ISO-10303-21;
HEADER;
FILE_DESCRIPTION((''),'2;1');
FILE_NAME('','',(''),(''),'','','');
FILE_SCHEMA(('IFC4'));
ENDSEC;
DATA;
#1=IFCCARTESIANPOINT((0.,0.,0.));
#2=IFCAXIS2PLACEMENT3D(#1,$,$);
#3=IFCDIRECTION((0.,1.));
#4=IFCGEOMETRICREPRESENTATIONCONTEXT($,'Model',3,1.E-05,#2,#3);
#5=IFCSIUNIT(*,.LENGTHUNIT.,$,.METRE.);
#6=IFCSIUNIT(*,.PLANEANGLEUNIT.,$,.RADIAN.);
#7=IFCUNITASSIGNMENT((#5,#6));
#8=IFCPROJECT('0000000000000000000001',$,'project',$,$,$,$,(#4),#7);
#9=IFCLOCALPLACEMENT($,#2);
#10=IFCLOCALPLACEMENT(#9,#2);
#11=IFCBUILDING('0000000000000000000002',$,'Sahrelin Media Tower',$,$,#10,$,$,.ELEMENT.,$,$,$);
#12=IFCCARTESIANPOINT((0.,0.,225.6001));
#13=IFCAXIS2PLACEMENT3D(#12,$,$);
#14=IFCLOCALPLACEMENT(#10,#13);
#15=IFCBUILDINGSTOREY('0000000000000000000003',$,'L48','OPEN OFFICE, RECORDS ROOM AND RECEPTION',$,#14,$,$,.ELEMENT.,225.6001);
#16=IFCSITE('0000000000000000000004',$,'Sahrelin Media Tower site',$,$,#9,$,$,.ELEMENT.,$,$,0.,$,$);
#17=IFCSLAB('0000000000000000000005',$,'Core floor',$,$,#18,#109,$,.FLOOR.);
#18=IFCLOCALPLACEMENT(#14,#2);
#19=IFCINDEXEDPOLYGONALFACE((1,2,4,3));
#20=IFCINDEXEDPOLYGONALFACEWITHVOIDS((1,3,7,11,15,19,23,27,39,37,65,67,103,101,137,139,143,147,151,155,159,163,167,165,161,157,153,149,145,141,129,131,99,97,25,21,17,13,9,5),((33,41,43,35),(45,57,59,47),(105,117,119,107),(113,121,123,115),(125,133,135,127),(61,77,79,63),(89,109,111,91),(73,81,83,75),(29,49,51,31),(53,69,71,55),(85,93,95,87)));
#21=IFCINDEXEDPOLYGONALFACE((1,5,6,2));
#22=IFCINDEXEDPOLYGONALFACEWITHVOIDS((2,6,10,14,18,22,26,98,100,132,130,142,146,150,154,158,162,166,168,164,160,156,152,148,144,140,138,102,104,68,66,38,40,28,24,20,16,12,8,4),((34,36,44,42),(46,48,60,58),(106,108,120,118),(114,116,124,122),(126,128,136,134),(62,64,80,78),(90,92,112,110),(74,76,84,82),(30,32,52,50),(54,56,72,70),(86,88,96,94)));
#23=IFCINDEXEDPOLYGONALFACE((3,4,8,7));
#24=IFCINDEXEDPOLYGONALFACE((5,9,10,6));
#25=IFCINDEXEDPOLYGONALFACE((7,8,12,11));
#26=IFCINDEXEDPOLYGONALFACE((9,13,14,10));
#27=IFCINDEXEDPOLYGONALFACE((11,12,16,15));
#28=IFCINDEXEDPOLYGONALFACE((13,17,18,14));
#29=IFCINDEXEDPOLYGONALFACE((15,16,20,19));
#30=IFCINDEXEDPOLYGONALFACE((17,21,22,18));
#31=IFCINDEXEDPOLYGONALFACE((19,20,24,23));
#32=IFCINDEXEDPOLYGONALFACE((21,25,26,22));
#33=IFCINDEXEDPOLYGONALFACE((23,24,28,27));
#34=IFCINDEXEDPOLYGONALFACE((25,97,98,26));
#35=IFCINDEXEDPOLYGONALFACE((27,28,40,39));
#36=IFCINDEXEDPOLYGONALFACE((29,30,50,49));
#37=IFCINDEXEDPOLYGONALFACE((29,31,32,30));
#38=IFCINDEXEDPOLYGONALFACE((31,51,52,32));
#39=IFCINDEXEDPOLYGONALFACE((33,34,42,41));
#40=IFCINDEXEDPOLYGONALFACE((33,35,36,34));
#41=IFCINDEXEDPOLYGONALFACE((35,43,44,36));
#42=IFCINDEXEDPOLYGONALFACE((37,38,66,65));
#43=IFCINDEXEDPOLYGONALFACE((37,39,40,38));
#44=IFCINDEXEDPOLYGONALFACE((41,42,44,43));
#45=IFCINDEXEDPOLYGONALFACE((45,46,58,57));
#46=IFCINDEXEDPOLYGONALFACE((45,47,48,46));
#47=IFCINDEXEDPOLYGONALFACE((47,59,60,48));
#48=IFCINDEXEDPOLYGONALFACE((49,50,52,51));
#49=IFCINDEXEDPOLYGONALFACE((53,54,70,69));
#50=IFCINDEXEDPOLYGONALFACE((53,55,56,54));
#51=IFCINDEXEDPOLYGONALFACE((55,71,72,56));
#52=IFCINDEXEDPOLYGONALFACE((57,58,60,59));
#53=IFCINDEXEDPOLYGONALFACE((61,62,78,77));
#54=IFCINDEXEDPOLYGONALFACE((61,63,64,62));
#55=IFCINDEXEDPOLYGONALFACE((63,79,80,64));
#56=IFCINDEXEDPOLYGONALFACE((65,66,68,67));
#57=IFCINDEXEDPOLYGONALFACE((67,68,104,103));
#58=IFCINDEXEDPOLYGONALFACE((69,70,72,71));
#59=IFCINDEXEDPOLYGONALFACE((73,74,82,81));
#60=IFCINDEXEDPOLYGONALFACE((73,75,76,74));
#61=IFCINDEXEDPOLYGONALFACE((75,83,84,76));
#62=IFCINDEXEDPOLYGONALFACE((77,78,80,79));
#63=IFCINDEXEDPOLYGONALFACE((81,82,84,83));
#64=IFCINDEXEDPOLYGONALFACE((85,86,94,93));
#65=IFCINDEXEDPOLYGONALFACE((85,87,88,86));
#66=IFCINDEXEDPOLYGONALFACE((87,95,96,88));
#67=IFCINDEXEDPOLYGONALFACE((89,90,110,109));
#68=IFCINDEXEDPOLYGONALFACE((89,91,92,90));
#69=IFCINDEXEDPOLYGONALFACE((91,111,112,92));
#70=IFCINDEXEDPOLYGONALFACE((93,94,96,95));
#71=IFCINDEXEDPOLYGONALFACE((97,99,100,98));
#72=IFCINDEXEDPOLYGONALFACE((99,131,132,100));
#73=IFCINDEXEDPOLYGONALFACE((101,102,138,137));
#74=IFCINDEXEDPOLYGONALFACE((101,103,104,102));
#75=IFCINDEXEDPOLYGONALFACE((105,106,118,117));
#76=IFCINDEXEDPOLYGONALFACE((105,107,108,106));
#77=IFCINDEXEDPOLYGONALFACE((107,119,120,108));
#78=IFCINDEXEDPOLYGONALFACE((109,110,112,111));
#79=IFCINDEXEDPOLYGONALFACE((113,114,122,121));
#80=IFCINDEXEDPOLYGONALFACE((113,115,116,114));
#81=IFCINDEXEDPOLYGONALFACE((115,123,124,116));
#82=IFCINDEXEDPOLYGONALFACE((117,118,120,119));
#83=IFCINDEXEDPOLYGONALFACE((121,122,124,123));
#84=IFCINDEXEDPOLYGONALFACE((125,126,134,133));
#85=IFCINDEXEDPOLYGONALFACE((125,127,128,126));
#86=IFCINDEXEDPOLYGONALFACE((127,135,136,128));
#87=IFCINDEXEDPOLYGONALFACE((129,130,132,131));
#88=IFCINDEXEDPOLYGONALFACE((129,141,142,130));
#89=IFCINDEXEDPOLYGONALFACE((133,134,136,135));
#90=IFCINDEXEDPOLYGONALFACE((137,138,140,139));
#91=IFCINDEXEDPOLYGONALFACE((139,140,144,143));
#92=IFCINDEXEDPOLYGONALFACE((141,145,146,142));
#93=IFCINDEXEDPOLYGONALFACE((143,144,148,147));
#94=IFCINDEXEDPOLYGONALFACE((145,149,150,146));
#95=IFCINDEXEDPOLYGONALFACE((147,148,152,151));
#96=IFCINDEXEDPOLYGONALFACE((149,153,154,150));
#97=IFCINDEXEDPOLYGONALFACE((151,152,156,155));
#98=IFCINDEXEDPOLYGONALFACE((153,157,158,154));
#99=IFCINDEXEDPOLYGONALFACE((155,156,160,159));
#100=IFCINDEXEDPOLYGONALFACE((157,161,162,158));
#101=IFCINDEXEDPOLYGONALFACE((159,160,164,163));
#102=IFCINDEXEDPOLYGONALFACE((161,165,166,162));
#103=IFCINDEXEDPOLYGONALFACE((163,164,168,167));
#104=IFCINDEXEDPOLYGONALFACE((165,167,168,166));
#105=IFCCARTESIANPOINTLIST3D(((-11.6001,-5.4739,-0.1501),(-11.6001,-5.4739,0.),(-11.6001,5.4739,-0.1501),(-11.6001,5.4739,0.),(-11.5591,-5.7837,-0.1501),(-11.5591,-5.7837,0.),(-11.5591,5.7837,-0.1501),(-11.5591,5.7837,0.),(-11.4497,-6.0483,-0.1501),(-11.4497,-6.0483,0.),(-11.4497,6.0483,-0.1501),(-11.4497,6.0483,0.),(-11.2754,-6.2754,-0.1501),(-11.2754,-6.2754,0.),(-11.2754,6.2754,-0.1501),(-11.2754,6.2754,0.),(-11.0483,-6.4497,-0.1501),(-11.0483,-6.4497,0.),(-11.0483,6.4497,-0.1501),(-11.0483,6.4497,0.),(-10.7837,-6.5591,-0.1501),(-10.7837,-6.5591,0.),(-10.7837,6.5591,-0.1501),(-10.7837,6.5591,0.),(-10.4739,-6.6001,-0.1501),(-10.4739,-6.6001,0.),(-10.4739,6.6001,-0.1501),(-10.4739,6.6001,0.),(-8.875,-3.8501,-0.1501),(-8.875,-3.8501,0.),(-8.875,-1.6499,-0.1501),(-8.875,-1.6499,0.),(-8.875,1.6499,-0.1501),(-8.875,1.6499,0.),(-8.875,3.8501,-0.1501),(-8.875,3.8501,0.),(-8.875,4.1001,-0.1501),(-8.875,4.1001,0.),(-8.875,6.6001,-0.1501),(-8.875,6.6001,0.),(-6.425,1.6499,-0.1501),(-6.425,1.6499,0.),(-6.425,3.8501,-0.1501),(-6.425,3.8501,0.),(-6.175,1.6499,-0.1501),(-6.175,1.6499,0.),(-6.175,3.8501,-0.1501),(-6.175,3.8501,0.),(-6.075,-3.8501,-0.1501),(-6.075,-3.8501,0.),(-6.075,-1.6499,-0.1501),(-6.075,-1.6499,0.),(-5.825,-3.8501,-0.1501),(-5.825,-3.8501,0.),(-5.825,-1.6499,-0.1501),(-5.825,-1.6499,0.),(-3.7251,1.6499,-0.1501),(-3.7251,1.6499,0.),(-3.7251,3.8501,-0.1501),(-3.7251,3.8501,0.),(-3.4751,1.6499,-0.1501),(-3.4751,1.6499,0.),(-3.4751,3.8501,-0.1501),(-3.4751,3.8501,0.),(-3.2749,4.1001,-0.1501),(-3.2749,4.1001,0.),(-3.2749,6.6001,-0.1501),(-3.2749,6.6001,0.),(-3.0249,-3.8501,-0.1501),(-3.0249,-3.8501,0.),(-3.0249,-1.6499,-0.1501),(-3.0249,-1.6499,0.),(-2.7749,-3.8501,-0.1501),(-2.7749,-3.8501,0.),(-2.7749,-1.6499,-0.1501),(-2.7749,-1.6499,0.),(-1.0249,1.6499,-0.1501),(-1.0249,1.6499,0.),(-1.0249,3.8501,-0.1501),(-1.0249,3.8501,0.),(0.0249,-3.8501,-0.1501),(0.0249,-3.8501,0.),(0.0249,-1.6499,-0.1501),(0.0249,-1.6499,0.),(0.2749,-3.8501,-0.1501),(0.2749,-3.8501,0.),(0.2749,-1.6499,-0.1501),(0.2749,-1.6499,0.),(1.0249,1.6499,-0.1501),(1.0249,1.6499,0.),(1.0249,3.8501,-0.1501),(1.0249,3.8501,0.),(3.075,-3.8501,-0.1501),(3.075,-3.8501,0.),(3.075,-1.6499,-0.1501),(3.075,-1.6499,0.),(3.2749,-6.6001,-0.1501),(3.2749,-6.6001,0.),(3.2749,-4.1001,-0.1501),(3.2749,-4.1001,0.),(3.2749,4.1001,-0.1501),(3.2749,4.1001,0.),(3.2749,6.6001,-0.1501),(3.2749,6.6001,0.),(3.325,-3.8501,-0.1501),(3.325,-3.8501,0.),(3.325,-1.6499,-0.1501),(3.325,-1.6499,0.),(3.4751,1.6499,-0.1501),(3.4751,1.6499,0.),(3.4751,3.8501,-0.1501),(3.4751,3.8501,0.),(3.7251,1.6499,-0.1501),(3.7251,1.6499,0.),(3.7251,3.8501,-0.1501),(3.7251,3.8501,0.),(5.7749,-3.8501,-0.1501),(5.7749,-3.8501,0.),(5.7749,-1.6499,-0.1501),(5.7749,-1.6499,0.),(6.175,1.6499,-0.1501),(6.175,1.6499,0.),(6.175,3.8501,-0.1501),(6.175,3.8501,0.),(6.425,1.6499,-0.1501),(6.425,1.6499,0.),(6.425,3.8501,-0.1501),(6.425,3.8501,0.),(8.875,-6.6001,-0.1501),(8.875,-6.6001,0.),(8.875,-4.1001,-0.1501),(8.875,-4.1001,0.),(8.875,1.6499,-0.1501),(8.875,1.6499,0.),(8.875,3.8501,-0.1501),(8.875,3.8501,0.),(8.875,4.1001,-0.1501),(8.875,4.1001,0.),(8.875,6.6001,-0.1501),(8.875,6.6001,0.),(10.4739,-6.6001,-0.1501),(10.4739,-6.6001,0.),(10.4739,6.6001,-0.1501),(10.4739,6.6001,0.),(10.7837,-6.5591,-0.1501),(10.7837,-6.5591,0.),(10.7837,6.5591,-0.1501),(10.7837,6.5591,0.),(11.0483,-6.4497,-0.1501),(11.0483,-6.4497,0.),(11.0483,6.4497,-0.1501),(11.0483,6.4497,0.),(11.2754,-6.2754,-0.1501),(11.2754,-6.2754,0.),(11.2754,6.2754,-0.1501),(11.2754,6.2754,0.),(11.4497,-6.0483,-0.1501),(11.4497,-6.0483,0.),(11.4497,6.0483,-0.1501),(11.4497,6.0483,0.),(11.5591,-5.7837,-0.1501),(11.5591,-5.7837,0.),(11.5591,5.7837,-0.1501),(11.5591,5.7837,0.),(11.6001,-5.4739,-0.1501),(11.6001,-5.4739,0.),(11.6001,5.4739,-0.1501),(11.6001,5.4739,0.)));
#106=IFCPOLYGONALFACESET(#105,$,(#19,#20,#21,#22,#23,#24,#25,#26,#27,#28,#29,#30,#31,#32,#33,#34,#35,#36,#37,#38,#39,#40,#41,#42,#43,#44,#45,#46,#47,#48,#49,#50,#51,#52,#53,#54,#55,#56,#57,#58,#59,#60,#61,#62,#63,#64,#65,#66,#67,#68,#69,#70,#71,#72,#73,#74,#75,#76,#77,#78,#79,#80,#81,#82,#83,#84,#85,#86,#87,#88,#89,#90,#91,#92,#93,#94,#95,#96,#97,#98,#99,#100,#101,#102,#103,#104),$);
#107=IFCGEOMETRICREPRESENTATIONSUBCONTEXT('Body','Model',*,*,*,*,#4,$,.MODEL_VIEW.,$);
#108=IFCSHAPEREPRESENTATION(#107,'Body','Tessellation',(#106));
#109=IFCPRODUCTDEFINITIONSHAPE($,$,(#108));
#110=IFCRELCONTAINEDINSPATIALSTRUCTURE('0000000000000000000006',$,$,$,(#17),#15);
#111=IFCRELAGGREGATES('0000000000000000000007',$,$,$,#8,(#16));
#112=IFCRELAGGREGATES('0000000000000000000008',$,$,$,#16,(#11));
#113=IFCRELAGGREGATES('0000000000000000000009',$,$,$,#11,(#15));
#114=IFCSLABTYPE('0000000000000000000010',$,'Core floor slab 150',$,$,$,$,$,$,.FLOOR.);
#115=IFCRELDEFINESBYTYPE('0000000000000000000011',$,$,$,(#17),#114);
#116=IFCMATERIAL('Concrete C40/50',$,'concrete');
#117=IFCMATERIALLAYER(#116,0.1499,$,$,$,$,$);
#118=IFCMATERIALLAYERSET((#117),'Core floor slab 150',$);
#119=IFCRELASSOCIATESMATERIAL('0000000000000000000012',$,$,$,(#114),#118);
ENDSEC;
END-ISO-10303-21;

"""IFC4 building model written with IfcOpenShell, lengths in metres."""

from ifc_helpers import new_model, si_unit, direction, frame, origin, place, context, subcontext, project, spatial, polyline, outline, extrude, material, layer, layer_set, type_object, element, save


model = new_model("IFC4")

# Units and contexts
model_context = context("Model", 3, precision=1e-05, world=origin(), true_north=direction((0.0, 1.0)))
body_context = subcontext(model_context, "Body", "Model", "MODEL_VIEW")
ifc_project = project(units=[si_unit("LENGTHUNIT", "METRE"), si_unit("PLANEANGLEUNIT", "RADIAN")], contexts=[model_context])

# Site, building, storey
site_placement = place(None, origin())
site = spatial("IfcSite", under=ifc_project, at=site_placement, Name="Sahrelin Media Tower site", CompositionType="ELEMENT", RefElevation=0.0)
building_placement = place(site_placement, origin())
building = spatial("IfcBuilding", under=site, at=building_placement, Name="Sahrelin Media Tower", CompositionType="ELEMENT")
storey_placement = place(building_placement, frame((0.0, 0.0, 225.6001)))
storey = spatial("IfcBuildingStorey", under=building, at=storey_placement, Name="L48", Description="OPEN OFFICE, RECORDS ROOM AND RECEPTION", CompositionType="ELEMENT", Elevation=225.6001)

# Slab
ifc_material_1 = material(Name="Concrete C40/50", Category="concrete")
ifc_layer_1 = layer(ifc_material_1, 0.1499)
ifc_layer_set_1 = layer_set([ifc_layer_1], Name="Core floor slab 150")
slab_type = type_object("IfcSlabType", Name="Core floor slab 150", PredefinedType="FLOOR", material=ifc_layer_set_1)
slab_placement = place(storey_placement, frame((0.0, 0.0, -0.1501)))
element("IfcSlab", 1, at=slab_placement, inside=storey, type_object=slab_type, Name="Core floor", PredefinedType="FLOOR", context=body_context, shape_type="SweptSolid", body=[
    extrude(outline(polyline([(-11.6001, -5.4739), (-11.5591, -5.7837), (-11.4497, -6.0483), (-11.2754, -6.2754), (-11.0483, -6.4497), (-10.7837, -6.5591), (-10.4739, -6.6001), (3.2749, -6.6001), (3.2749, -4.1001), (8.875, -4.1001), (8.875, -6.6001), (10.4739, -6.6001), (10.7837, -6.5591), (11.0483, -6.4497), (11.2754, -6.2754), (11.4497, -6.0483), (11.5591, -5.7837), (11.6001, -5.4739), (11.6001, 5.4739), (11.5591, 5.7837), (11.4497, 6.0483), (11.2754, 6.2754), (11.0483, 6.4497), (10.7837, 6.5591), (10.4739, 6.6001), (8.875, 6.6001), (8.875, 4.1001), (3.2749, 4.1001), (3.2749, 6.6001), (-3.2749, 6.6001), (-3.2749, 4.1001), (-8.875, 4.1001), (-8.875, 6.6001), (-10.4739, 6.6001), (-10.7837, 6.5591), (-11.0483, 6.4497), (-11.2754, 6.2754), (-11.4497, 6.0483), (-11.5591, 5.7837), (-11.6001, 5.4739), (-11.6001, -5.4739)]), holes=[polyline([(-8.875, 3.8501), (-8.875, 1.6499), (-6.425, 1.6499), (-6.425, 3.8501), (-8.875, 3.8501)]), polyline([(-3.7251, 3.8501), (-6.175, 3.8501), (-6.175, 1.6499), (-3.7251, 1.6499), (-3.7251, 3.8501)]), polyline([(-1.0249, 1.6499), (-1.0249, 3.8501), (-3.4751, 3.8501), (-3.4751, 1.6499), (-1.0249, 1.6499)]), polyline([(1.0249, 1.6499), (3.4751, 1.6499), (3.4751, 3.8501), (1.0249, 3.8501), (1.0249, 1.6499)]), polyline([(3.7251, 3.8501), (3.7251, 1.6499), (6.175, 1.6499), (6.175, 3.8501), (3.7251, 3.8501)]), polyline([(8.875, 3.8501), (6.425, 3.8501), (6.425, 1.6499), (8.875, 1.6499), (8.875, 3.8501)]), polyline([(-6.075, -3.8501), (-6.075, -1.6499), (-8.875, -1.6499), (-8.875, -3.8501), (-6.075, -3.8501)]), polyline([(-5.825, -3.8501), (-3.0249, -3.8501), (-3.0249, -1.6499), (-5.825, -1.6499), (-5.825, -3.8501)]), polyline([(-2.7749, -1.6499), (-2.7749, -3.8501), (0.0249, -3.8501), (0.0249, -1.6499), (-2.7749, -1.6499)]), polyline([(3.075, -1.6499), (0.2749, -1.6499), (0.2749, -3.8501), (3.075, -3.8501), (3.075, -1.6499)]), polyline([(5.7749, -3.8501), (5.7749, -1.6499), (3.325, -1.6499), (3.325, -3.8501), (5.7749, -3.8501)])]), origin(), (0.0, 0.0, 1.0), 0.1501),
])

save(model, "model.ifc")
